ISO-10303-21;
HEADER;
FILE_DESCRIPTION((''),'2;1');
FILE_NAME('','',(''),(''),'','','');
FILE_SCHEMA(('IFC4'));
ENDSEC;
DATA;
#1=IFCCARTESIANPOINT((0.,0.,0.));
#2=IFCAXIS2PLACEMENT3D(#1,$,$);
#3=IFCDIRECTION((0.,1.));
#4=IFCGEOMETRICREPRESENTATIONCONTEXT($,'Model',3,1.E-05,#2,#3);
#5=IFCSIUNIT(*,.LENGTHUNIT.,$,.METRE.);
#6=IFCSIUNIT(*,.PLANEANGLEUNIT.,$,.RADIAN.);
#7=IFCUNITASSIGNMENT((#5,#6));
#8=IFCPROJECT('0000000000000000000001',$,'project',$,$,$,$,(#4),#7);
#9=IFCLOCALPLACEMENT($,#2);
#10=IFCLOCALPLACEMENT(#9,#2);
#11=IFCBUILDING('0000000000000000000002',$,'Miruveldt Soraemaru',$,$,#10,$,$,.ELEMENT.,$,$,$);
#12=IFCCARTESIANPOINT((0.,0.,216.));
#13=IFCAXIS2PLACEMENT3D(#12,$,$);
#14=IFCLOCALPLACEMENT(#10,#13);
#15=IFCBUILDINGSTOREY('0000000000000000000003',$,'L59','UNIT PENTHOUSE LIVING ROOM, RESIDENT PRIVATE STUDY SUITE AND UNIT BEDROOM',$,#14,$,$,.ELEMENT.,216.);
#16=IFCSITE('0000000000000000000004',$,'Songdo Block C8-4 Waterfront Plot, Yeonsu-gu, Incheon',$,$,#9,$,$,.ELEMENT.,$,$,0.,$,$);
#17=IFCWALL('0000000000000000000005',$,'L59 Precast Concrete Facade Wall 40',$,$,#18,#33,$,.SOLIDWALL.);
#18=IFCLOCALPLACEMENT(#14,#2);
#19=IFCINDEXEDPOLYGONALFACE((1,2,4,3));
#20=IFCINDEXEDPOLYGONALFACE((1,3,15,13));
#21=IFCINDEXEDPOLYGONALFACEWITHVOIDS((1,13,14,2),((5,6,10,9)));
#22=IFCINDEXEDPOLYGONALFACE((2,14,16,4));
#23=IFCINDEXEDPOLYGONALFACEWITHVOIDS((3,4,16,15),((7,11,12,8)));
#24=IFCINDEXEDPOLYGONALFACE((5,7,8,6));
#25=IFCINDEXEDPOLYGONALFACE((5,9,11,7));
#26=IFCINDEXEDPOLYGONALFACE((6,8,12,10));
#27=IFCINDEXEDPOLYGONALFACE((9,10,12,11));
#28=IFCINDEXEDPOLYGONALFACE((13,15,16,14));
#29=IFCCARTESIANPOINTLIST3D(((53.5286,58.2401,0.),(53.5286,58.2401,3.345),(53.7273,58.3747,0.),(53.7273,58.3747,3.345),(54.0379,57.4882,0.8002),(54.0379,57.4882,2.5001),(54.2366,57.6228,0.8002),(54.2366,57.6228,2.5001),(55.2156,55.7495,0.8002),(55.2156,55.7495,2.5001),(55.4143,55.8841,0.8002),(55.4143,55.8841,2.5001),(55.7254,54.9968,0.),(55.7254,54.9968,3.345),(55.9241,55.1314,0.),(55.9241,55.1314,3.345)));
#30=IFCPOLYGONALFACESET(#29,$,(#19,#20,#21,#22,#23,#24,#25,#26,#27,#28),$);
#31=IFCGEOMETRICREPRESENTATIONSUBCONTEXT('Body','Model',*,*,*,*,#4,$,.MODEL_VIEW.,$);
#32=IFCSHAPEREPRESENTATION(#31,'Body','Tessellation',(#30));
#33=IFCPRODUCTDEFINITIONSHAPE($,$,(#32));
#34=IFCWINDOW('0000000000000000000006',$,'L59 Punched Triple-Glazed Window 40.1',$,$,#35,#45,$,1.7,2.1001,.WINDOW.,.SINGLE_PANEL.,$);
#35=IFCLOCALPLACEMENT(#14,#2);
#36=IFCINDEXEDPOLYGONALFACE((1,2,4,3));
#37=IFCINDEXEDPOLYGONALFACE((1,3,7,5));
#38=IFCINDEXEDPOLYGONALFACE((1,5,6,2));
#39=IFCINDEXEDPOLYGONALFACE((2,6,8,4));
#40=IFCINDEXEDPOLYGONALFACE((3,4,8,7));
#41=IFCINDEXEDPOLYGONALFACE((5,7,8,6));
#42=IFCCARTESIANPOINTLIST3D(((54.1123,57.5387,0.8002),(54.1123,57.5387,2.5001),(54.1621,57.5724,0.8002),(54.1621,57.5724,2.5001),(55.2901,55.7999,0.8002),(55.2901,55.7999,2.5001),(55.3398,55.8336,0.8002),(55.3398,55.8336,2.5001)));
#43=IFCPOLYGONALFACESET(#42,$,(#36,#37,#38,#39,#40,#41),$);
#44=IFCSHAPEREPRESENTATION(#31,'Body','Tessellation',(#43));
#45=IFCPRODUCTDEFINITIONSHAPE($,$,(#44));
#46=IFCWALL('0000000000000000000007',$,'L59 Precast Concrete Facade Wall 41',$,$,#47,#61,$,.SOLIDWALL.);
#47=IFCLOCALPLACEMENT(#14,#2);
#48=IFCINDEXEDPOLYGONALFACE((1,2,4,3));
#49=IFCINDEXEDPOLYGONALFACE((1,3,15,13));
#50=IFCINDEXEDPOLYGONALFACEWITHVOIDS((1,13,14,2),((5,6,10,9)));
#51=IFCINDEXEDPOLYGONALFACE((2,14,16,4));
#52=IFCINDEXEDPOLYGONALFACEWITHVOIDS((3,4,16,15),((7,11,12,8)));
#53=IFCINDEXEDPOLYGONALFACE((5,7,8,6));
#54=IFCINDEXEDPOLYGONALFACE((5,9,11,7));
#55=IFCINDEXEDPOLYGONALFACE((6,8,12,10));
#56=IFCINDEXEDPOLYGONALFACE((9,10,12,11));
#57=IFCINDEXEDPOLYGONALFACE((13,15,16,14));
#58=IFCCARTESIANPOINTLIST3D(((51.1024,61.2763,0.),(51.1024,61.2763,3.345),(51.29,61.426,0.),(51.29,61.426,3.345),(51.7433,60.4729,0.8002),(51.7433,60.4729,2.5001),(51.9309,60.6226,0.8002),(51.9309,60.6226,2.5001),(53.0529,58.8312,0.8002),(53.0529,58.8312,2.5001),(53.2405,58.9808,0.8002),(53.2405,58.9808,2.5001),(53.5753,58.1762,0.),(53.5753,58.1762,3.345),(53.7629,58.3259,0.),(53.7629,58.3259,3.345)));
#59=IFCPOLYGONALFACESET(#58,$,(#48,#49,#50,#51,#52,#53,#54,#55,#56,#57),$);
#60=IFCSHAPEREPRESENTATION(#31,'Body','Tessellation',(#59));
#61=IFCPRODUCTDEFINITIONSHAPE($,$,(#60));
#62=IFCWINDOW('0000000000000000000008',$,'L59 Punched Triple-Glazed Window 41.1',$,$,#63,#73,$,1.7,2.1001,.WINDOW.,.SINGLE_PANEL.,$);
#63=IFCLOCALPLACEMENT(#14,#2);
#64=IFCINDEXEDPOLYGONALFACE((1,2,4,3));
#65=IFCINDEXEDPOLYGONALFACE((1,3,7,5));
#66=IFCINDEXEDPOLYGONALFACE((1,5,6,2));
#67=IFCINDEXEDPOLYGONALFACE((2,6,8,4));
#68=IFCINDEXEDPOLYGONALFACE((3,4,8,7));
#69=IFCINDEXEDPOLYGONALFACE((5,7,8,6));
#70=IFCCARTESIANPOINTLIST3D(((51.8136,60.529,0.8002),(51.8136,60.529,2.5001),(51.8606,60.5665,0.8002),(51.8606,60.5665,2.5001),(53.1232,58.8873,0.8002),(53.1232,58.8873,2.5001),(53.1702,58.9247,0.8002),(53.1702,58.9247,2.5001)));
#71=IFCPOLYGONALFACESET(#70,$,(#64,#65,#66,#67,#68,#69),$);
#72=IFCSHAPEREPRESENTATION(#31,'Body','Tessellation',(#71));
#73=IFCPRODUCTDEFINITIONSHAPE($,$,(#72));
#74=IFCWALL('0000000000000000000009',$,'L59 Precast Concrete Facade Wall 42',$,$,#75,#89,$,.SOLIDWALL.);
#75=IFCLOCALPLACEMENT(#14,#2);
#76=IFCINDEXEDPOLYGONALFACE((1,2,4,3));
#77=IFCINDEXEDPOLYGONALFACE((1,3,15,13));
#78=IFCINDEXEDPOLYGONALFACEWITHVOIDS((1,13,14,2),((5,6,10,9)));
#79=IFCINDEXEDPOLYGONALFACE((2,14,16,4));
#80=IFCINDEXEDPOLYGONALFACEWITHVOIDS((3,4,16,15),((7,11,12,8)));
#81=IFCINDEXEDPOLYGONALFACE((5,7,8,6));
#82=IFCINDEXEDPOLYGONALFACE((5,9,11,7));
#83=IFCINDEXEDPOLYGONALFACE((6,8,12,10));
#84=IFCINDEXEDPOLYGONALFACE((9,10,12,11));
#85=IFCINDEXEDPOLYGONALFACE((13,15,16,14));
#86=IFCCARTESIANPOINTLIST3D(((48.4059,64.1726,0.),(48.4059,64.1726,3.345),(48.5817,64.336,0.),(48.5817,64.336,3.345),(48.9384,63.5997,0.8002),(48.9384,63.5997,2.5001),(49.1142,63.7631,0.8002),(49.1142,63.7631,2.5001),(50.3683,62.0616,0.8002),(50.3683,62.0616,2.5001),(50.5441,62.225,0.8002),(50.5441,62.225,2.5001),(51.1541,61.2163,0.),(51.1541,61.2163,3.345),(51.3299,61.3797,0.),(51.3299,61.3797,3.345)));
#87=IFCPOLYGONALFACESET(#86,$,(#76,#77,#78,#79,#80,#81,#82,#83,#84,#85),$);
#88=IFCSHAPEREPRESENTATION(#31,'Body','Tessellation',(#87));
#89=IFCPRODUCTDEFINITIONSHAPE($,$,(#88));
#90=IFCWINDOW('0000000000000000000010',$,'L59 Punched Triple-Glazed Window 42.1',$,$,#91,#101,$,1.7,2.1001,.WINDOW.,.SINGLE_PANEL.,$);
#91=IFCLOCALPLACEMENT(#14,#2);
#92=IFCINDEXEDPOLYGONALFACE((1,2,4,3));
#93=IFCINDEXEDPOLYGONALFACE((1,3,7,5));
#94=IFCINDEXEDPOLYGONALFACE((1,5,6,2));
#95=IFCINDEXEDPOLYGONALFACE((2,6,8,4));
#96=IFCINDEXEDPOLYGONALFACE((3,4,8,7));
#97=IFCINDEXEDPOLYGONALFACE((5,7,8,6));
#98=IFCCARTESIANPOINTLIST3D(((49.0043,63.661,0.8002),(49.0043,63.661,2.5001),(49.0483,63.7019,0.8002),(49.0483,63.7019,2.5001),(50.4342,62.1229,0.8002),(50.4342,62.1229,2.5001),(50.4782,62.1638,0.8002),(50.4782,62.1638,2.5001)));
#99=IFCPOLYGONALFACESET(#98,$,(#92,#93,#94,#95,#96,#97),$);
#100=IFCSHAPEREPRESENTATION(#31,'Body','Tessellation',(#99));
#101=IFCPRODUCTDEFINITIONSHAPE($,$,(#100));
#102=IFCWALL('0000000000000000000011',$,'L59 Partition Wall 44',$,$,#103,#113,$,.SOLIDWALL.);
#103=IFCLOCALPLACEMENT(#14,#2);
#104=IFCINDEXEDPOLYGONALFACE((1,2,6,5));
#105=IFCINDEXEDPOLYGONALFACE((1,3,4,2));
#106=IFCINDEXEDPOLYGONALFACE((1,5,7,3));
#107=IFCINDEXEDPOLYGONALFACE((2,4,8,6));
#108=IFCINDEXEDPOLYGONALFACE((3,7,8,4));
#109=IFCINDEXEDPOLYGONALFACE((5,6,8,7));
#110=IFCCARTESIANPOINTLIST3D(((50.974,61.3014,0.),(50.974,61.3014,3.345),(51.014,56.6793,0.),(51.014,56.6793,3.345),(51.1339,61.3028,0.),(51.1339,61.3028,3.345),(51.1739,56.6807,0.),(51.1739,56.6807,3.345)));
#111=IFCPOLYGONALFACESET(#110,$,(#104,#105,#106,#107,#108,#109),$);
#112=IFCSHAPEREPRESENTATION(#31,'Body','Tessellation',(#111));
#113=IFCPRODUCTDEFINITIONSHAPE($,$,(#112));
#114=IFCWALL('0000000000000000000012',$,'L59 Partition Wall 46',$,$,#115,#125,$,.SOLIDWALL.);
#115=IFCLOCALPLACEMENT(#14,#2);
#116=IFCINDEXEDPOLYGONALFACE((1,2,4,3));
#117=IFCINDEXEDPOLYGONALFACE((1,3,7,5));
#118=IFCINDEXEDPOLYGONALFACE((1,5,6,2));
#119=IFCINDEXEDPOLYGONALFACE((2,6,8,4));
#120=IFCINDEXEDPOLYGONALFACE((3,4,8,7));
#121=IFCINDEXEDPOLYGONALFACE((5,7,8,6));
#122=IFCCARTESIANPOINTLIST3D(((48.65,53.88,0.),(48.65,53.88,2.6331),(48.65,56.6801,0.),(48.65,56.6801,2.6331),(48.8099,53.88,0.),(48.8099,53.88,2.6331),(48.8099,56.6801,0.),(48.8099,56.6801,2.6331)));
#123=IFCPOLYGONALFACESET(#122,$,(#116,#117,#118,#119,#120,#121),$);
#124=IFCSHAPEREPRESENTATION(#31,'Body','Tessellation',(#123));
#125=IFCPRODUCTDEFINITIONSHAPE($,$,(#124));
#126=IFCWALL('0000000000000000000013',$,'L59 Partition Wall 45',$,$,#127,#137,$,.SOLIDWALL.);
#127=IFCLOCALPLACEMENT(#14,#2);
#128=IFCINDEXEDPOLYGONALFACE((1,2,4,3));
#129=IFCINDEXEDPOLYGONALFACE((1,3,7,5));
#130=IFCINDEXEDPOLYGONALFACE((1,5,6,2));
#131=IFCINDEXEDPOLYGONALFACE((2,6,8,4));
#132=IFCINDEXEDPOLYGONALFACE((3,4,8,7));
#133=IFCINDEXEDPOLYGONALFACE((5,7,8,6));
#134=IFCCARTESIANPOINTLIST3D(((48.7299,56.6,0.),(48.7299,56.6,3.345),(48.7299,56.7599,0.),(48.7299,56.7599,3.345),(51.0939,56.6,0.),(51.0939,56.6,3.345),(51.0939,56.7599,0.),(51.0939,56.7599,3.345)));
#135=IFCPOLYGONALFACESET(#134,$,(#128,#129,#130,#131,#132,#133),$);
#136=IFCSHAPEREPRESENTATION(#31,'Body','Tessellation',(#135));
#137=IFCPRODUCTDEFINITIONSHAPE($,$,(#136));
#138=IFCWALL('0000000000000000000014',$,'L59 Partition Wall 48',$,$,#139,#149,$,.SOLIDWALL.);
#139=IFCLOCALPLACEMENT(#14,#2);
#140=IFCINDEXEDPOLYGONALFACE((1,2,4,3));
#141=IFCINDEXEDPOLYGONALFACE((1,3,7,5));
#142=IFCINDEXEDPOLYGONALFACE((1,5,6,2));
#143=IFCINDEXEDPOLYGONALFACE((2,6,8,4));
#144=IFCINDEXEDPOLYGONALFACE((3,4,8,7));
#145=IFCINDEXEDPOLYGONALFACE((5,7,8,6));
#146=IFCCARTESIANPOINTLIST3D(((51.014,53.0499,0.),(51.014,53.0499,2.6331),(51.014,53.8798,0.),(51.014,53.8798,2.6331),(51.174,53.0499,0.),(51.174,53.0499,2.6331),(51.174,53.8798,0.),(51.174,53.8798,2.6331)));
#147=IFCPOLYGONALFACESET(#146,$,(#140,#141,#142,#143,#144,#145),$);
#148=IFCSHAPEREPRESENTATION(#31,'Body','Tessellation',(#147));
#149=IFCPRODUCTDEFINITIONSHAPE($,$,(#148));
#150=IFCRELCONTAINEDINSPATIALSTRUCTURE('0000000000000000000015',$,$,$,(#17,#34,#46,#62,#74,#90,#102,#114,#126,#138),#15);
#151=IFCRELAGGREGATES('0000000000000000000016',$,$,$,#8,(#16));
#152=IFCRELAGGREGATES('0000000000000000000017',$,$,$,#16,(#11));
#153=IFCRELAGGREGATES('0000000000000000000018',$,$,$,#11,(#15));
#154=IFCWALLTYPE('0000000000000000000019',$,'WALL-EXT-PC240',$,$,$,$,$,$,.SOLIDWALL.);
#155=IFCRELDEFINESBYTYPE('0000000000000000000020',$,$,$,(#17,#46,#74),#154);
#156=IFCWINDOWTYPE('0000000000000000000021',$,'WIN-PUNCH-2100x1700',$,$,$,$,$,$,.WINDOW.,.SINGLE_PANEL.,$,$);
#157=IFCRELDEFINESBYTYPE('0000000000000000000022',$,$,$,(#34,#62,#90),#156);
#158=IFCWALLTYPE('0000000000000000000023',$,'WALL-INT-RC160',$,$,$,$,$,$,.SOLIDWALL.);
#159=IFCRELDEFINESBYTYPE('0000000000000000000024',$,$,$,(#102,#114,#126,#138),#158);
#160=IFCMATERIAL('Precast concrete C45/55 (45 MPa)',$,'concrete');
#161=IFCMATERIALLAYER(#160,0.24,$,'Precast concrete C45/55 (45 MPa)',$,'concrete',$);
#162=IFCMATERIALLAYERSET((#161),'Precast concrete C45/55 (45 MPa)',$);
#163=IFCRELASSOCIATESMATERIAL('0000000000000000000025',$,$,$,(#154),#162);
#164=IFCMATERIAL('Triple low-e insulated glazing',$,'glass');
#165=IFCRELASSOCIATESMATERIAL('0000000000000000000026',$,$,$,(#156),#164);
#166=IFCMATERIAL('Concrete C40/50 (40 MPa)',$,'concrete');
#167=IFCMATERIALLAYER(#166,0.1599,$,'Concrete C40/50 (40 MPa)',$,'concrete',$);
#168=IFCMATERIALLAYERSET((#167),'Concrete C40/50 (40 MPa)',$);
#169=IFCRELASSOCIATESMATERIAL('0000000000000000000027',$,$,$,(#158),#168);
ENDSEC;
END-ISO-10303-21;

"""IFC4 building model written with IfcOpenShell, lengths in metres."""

from ifc_helpers import new_model, si_unit, direction, frame, frame_2d, origin, place, context, subcontext, project, spatial, rectangle, extrude, material, layer, layer_set, type_object, element, fill, save


model = new_model("IFC4")

# Units and contexts
model_context = context("Model", 3, precision=1e-05, world=origin(), true_north=direction((0.0, 1.0)))
body_context = subcontext(model_context, "Body", "Model", "MODEL_VIEW")
ifc_project = project(units=[si_unit("LENGTHUNIT", "METRE"), si_unit("PLANEANGLEUNIT", "RADIAN")], contexts=[model_context])

# Site, building, storey
site_placement = place(None, origin())
site = spatial("IfcSite", under=ifc_project, at=site_placement, Name="Songdo Block C8-4 Waterfront Plot, Yeonsu-gu, Incheon", CompositionType="ELEMENT", RefElevation=0.0)
building_placement = place(site_placement, origin())
building = spatial("IfcBuilding", under=site, at=building_placement, Name="Miruveldt Soraemaru", CompositionType="ELEMENT")
storey_placement = place(building_placement, frame((0.0, 0.0, 216.0)))
storey = spatial("IfcBuildingStorey", under=building, at=storey_placement, Name="L59", Description="UNIT PENTHOUSE LIVING ROOM, RESIDENT PRIVATE STUDY SUITE AND UNIT BEDROOM", CompositionType="ELEMENT", Elevation=216.0)

# Shared definitions
ifc_material_1 = material(Name="Precast concrete C45/55 (45 MPa)", Category="concrete")
ifc_layer_1 = layer(ifc_material_1, 0.24, Name="Precast concrete C45/55 (45 MPa)", Category="concrete")
ifc_layer_set_1 = layer_set([ifc_layer_1], Name="Precast concrete C45/55 (45 MPa)")
wall_type_1 = type_object("IfcWallType", Name="WALL-EXT-PC240", PredefinedType="SOLIDWALL", material=ifc_layer_set_1)
ifc_material_2 = material(Name="Triple low-e insulated glazing", Category="glass")
window_type_1 = type_object("IfcWindowType", Name="WIN-PUNCH-2100x1700", PartitioningType="SINGLE_PANEL", PredefinedType="WINDOW", material=ifc_material_2)

# Walls, openings, windows
wall_1_placement = place(storey_placement, frame((55.8247, 55.0642, 0.0), z_axis=(0.0, 0.0, 1.0), x_axis=(-0.560812, 0.827943, 0.0)))
wall_1 = element("IfcWall", 1, at=wall_1_placement, inside=storey, type_object=wall_type_1, Name="L59 Precast Concrete Facade Wall 40", PredefinedType="SOLIDWALL", context=body_context, shape_type="SweptSolid", body=[
    extrude(rectangle(XDim=3.9172, YDim=0.24, at=frame_2d((1.9585, 0.0))), origin(), (0.0, 0.0, 1.0), 3.345),
])
opening_1_placement = place(wall_1_placement, frame((0.9089, 0.0, 0.8)))
opening_1 = element("IfcOpeningElement", 2, at=opening_1_placement, cuts=wall_1, PredefinedType="OPENING", context=body_context, shape_type="SweptSolid", body=[
    extrude(rectangle(XDim=2.1001, YDim=1.7, at=frame_2d((1.05, 0.8501))), frame((0.0, 0.1299, 0.0), z_axis=(0.0, -1.0, 0.0), x_axis=(1.0, 0.0, 0.0)), (0.0, 0.0, 1.0), 0.26),
])
window_1_placement = place(opening_1_placement, origin())
window_1 = element("IfcWindow", 3, at=window_1_placement, inside=storey, type_object=window_type_1, Name="L59 Punched Triple-Glazed Window 40.1", OverallHeight=1.7, OverallWidth=2.1001, PartitioningType="SINGLE_PANEL", PredefinedType="WINDOW", context=body_context, shape_type="SweptSolid", body=[
    extrude(rectangle(XDim=2.1001, YDim=1.7, at=frame_2d((1.05, 0.8501))), frame((0.0, 0.03, 0.0), z_axis=(0.0, -1.0, 0.0), x_axis=(1.0, 0.0, 0.0)), (0.0, 0.0, 1.0), 0.0601),
])
fill(opening_1, window_1)
wall_2_placement = place(storey_placement, frame((53.6692, 58.251, 0.0), z_axis=(0.0, 0.0, 1.0), x_axis=(-0.623591, 0.781751, 0.0)))
wall_2 = element("IfcWall", 4, at=wall_2_placement, inside=storey, type_object=wall_type_1, Name="L59 Precast Concrete Facade Wall 41", PredefinedType="SOLIDWALL", context=body_context, shape_type="SweptSolid", body=[
    extrude(rectangle(XDim=3.9656, YDim=0.24, at=frame_2d((1.9829, 0.0))), origin(), (0.0, 0.0, 1.0), 3.345),
])
opening_2_placement = place(wall_2_placement, frame((0.8379, 0.0, 0.8)))
opening_2 = element("IfcOpeningElement", 5, at=opening_2_placement, cuts=wall_2, PredefinedType="OPENING", context=body_context, shape_type="SweptSolid", body=[
    extrude(rectangle(XDim=2.1001, YDim=1.7, at=frame_2d((1.05, 0.8501))), frame((0.0, 0.1299, 0.0), z_axis=(0.0, -1.0, 0.0), x_axis=(1.0, 0.0, 0.0)), (0.0, 0.0, 1.0), 0.26),
])
window_2_placement = place(opening_2_placement, origin())
window_2 = element("IfcWindow", 6, at=window_2_placement, inside=storey, type_object=window_type_1, Name="L59 Punched Triple-Glazed Window 41.1", OverallHeight=1.7, OverallWidth=2.1001, PartitioningType="SINGLE_PANEL", PredefinedType="WINDOW", context=body_context, shape_type="SweptSolid", body=[
    extrude(rectangle(XDim=2.1001, YDim=1.7, at=frame_2d((1.05, 0.8501))), frame((0.0, 0.03, 0.0), z_axis=(0.0, -1.0, 0.0), x_axis=(1.0, 0.0, 0.0)), (0.0, 0.0, 1.0), 0.0601),
])
fill(opening_2, window_2)
wall_3_placement = place(storey_placement, frame((51.2419, 61.2981, 0.0), z_axis=(0.0, 0.0, 1.0), x_axis=(-0.680871, 0.732403, 0.0)))
wall_3 = element("IfcWall", 7, at=wall_3_placement, inside=storey, type_object=wall_type_1, Name="L59 Precast Concrete Facade Wall 42", PredefinedType="SOLIDWALL", context=body_context, shape_type="SweptSolid", body=[
    extrude(rectangle(XDim=4.0364, YDim=0.24, at=frame_2d((2.0181, 0.0))), origin(), (0.0, 0.0, 1.0), 3.345),
])
opening_3_placement = place(wall_3_placement, frame((1.1541, 0.0, 0.8)))
opening_3 = element("IfcOpeningElement", 8, at=opening_3_placement, cuts=wall_3, PredefinedType="OPENING", context=body_context, shape_type="SweptSolid", body=[
    extrude(rectangle(XDim=2.1001, YDim=1.7, at=frame_2d((1.05, 0.8501))), frame((0.0, 0.1299, 0.0), z_axis=(0.0, -1.0, 0.0), x_axis=(1.0, 0.0, 0.0)), (0.0, 0.0, 1.0), 0.26),
])
window_3_placement = place(opening_3_placement, origin())
window_3 = element("IfcWindow", 9, at=window_3_placement, inside=storey, type_object=window_type_1, Name="L59 Punched Triple-Glazed Window 42.1", OverallHeight=1.7, OverallWidth=2.1001, PartitioningType="SINGLE_PANEL", PredefinedType="WINDOW", context=body_context, shape_type="SweptSolid", body=[
    extrude(rectangle(XDim=2.1001, YDim=1.7, at=frame_2d((1.05, 0.8501))), frame((0.0, 0.03, 0.0), z_axis=(0.0, -1.0, 0.0), x_axis=(1.0, 0.0, 0.0)), (0.0, 0.0, 1.0), 0.0601),
])
fill(opening_3, window_3)

# Walls
ifc_material_3 = material(Name="Concrete C40/50 (40 MPa)", Category="concrete")
ifc_layer_2 = layer(ifc_material_3, 0.1599, Name="Concrete C40/50 (40 MPa)", Category="concrete")
ifc_layer_set_2 = layer_set([ifc_layer_2], Name="Concrete C40/50 (40 MPa)")
wall_type_2 = type_object("IfcWallType", Name="WALL-INT-RC160", PredefinedType="SOLIDWALL", material=ifc_layer_set_2)
wall_4_placement = place(storey_placement, frame((51.054, 61.302, 0.0), z_axis=(0.0, 0.0, 1.0), x_axis=(0.008662, -0.999962, 0.0)))
element("IfcWall", 10, at=wall_4_placement, inside=storey, type_object=wall_type_2, Name="L59 Partition Wall 44", PredefinedType="SOLIDWALL", context=body_context, shape_type="SweptSolid", body=[
    extrude(rectangle(XDim=4.6223, YDim=0.1599, at=frame_2d((2.311, 0.0))), origin(), (0.0, 0.0, 1.0), 3.345),
])
wall_5_placement = place(storey_placement, frame((48.73, 56.6799, 0.0), z_axis=(0.0, 0.0, 1.0), x_axis=(0.0, -1.0, 0.0)))
element("IfcWall", 11, at=wall_5_placement, inside=storey, type_object=wall_type_2, Name="L59 Partition Wall 46", PredefinedType="SOLIDWALL", context=body_context, shape_type="SweptSolid", body=[
    extrude(rectangle(XDim=2.8, YDim=0.1599, at=frame_2d((1.3999, 0.0))), origin(), (0.0, 0.0, 1.0), 2.6331),
])
wall_6_placement = place(storey_placement, frame((51.094, 56.6799, 0.0), z_axis=(0.0, 0.0, 1.0), x_axis=(-1.0, 0.0, 0.0)))
element("IfcWall", 12, at=wall_6_placement, inside=storey, type_object=wall_type_2, Name="L59 Partition Wall 45", PredefinedType="SOLIDWALL", context=body_context, shape_type="SweptSolid", body=[
    extrude(rectangle(XDim=2.364, YDim=0.1599, at=frame_2d((1.1821, 0.0))), origin(), (0.0, 0.0, 1.0), 3.345),
])
wall_7_placement = place(storey_placement, frame((51.094, 53.8799, 0.0), z_axis=(0.0, 0.0, 1.0), x_axis=(0.0, -1.0, 0.0)))
element("IfcWall", 13, at=wall_7_placement, inside=storey, type_object=wall_type_2, Name="L59 Partition Wall 48", PredefinedType="SOLIDWALL", context=body_context, shape_type="SweptSolid", body=[
    extrude(rectangle(XDim=0.8298, YDim=0.1599, at=frame_2d((0.415, 0.0))), origin(), (0.0, 0.0, 1.0), 2.6331),
])

save(model, "model.ifc")
